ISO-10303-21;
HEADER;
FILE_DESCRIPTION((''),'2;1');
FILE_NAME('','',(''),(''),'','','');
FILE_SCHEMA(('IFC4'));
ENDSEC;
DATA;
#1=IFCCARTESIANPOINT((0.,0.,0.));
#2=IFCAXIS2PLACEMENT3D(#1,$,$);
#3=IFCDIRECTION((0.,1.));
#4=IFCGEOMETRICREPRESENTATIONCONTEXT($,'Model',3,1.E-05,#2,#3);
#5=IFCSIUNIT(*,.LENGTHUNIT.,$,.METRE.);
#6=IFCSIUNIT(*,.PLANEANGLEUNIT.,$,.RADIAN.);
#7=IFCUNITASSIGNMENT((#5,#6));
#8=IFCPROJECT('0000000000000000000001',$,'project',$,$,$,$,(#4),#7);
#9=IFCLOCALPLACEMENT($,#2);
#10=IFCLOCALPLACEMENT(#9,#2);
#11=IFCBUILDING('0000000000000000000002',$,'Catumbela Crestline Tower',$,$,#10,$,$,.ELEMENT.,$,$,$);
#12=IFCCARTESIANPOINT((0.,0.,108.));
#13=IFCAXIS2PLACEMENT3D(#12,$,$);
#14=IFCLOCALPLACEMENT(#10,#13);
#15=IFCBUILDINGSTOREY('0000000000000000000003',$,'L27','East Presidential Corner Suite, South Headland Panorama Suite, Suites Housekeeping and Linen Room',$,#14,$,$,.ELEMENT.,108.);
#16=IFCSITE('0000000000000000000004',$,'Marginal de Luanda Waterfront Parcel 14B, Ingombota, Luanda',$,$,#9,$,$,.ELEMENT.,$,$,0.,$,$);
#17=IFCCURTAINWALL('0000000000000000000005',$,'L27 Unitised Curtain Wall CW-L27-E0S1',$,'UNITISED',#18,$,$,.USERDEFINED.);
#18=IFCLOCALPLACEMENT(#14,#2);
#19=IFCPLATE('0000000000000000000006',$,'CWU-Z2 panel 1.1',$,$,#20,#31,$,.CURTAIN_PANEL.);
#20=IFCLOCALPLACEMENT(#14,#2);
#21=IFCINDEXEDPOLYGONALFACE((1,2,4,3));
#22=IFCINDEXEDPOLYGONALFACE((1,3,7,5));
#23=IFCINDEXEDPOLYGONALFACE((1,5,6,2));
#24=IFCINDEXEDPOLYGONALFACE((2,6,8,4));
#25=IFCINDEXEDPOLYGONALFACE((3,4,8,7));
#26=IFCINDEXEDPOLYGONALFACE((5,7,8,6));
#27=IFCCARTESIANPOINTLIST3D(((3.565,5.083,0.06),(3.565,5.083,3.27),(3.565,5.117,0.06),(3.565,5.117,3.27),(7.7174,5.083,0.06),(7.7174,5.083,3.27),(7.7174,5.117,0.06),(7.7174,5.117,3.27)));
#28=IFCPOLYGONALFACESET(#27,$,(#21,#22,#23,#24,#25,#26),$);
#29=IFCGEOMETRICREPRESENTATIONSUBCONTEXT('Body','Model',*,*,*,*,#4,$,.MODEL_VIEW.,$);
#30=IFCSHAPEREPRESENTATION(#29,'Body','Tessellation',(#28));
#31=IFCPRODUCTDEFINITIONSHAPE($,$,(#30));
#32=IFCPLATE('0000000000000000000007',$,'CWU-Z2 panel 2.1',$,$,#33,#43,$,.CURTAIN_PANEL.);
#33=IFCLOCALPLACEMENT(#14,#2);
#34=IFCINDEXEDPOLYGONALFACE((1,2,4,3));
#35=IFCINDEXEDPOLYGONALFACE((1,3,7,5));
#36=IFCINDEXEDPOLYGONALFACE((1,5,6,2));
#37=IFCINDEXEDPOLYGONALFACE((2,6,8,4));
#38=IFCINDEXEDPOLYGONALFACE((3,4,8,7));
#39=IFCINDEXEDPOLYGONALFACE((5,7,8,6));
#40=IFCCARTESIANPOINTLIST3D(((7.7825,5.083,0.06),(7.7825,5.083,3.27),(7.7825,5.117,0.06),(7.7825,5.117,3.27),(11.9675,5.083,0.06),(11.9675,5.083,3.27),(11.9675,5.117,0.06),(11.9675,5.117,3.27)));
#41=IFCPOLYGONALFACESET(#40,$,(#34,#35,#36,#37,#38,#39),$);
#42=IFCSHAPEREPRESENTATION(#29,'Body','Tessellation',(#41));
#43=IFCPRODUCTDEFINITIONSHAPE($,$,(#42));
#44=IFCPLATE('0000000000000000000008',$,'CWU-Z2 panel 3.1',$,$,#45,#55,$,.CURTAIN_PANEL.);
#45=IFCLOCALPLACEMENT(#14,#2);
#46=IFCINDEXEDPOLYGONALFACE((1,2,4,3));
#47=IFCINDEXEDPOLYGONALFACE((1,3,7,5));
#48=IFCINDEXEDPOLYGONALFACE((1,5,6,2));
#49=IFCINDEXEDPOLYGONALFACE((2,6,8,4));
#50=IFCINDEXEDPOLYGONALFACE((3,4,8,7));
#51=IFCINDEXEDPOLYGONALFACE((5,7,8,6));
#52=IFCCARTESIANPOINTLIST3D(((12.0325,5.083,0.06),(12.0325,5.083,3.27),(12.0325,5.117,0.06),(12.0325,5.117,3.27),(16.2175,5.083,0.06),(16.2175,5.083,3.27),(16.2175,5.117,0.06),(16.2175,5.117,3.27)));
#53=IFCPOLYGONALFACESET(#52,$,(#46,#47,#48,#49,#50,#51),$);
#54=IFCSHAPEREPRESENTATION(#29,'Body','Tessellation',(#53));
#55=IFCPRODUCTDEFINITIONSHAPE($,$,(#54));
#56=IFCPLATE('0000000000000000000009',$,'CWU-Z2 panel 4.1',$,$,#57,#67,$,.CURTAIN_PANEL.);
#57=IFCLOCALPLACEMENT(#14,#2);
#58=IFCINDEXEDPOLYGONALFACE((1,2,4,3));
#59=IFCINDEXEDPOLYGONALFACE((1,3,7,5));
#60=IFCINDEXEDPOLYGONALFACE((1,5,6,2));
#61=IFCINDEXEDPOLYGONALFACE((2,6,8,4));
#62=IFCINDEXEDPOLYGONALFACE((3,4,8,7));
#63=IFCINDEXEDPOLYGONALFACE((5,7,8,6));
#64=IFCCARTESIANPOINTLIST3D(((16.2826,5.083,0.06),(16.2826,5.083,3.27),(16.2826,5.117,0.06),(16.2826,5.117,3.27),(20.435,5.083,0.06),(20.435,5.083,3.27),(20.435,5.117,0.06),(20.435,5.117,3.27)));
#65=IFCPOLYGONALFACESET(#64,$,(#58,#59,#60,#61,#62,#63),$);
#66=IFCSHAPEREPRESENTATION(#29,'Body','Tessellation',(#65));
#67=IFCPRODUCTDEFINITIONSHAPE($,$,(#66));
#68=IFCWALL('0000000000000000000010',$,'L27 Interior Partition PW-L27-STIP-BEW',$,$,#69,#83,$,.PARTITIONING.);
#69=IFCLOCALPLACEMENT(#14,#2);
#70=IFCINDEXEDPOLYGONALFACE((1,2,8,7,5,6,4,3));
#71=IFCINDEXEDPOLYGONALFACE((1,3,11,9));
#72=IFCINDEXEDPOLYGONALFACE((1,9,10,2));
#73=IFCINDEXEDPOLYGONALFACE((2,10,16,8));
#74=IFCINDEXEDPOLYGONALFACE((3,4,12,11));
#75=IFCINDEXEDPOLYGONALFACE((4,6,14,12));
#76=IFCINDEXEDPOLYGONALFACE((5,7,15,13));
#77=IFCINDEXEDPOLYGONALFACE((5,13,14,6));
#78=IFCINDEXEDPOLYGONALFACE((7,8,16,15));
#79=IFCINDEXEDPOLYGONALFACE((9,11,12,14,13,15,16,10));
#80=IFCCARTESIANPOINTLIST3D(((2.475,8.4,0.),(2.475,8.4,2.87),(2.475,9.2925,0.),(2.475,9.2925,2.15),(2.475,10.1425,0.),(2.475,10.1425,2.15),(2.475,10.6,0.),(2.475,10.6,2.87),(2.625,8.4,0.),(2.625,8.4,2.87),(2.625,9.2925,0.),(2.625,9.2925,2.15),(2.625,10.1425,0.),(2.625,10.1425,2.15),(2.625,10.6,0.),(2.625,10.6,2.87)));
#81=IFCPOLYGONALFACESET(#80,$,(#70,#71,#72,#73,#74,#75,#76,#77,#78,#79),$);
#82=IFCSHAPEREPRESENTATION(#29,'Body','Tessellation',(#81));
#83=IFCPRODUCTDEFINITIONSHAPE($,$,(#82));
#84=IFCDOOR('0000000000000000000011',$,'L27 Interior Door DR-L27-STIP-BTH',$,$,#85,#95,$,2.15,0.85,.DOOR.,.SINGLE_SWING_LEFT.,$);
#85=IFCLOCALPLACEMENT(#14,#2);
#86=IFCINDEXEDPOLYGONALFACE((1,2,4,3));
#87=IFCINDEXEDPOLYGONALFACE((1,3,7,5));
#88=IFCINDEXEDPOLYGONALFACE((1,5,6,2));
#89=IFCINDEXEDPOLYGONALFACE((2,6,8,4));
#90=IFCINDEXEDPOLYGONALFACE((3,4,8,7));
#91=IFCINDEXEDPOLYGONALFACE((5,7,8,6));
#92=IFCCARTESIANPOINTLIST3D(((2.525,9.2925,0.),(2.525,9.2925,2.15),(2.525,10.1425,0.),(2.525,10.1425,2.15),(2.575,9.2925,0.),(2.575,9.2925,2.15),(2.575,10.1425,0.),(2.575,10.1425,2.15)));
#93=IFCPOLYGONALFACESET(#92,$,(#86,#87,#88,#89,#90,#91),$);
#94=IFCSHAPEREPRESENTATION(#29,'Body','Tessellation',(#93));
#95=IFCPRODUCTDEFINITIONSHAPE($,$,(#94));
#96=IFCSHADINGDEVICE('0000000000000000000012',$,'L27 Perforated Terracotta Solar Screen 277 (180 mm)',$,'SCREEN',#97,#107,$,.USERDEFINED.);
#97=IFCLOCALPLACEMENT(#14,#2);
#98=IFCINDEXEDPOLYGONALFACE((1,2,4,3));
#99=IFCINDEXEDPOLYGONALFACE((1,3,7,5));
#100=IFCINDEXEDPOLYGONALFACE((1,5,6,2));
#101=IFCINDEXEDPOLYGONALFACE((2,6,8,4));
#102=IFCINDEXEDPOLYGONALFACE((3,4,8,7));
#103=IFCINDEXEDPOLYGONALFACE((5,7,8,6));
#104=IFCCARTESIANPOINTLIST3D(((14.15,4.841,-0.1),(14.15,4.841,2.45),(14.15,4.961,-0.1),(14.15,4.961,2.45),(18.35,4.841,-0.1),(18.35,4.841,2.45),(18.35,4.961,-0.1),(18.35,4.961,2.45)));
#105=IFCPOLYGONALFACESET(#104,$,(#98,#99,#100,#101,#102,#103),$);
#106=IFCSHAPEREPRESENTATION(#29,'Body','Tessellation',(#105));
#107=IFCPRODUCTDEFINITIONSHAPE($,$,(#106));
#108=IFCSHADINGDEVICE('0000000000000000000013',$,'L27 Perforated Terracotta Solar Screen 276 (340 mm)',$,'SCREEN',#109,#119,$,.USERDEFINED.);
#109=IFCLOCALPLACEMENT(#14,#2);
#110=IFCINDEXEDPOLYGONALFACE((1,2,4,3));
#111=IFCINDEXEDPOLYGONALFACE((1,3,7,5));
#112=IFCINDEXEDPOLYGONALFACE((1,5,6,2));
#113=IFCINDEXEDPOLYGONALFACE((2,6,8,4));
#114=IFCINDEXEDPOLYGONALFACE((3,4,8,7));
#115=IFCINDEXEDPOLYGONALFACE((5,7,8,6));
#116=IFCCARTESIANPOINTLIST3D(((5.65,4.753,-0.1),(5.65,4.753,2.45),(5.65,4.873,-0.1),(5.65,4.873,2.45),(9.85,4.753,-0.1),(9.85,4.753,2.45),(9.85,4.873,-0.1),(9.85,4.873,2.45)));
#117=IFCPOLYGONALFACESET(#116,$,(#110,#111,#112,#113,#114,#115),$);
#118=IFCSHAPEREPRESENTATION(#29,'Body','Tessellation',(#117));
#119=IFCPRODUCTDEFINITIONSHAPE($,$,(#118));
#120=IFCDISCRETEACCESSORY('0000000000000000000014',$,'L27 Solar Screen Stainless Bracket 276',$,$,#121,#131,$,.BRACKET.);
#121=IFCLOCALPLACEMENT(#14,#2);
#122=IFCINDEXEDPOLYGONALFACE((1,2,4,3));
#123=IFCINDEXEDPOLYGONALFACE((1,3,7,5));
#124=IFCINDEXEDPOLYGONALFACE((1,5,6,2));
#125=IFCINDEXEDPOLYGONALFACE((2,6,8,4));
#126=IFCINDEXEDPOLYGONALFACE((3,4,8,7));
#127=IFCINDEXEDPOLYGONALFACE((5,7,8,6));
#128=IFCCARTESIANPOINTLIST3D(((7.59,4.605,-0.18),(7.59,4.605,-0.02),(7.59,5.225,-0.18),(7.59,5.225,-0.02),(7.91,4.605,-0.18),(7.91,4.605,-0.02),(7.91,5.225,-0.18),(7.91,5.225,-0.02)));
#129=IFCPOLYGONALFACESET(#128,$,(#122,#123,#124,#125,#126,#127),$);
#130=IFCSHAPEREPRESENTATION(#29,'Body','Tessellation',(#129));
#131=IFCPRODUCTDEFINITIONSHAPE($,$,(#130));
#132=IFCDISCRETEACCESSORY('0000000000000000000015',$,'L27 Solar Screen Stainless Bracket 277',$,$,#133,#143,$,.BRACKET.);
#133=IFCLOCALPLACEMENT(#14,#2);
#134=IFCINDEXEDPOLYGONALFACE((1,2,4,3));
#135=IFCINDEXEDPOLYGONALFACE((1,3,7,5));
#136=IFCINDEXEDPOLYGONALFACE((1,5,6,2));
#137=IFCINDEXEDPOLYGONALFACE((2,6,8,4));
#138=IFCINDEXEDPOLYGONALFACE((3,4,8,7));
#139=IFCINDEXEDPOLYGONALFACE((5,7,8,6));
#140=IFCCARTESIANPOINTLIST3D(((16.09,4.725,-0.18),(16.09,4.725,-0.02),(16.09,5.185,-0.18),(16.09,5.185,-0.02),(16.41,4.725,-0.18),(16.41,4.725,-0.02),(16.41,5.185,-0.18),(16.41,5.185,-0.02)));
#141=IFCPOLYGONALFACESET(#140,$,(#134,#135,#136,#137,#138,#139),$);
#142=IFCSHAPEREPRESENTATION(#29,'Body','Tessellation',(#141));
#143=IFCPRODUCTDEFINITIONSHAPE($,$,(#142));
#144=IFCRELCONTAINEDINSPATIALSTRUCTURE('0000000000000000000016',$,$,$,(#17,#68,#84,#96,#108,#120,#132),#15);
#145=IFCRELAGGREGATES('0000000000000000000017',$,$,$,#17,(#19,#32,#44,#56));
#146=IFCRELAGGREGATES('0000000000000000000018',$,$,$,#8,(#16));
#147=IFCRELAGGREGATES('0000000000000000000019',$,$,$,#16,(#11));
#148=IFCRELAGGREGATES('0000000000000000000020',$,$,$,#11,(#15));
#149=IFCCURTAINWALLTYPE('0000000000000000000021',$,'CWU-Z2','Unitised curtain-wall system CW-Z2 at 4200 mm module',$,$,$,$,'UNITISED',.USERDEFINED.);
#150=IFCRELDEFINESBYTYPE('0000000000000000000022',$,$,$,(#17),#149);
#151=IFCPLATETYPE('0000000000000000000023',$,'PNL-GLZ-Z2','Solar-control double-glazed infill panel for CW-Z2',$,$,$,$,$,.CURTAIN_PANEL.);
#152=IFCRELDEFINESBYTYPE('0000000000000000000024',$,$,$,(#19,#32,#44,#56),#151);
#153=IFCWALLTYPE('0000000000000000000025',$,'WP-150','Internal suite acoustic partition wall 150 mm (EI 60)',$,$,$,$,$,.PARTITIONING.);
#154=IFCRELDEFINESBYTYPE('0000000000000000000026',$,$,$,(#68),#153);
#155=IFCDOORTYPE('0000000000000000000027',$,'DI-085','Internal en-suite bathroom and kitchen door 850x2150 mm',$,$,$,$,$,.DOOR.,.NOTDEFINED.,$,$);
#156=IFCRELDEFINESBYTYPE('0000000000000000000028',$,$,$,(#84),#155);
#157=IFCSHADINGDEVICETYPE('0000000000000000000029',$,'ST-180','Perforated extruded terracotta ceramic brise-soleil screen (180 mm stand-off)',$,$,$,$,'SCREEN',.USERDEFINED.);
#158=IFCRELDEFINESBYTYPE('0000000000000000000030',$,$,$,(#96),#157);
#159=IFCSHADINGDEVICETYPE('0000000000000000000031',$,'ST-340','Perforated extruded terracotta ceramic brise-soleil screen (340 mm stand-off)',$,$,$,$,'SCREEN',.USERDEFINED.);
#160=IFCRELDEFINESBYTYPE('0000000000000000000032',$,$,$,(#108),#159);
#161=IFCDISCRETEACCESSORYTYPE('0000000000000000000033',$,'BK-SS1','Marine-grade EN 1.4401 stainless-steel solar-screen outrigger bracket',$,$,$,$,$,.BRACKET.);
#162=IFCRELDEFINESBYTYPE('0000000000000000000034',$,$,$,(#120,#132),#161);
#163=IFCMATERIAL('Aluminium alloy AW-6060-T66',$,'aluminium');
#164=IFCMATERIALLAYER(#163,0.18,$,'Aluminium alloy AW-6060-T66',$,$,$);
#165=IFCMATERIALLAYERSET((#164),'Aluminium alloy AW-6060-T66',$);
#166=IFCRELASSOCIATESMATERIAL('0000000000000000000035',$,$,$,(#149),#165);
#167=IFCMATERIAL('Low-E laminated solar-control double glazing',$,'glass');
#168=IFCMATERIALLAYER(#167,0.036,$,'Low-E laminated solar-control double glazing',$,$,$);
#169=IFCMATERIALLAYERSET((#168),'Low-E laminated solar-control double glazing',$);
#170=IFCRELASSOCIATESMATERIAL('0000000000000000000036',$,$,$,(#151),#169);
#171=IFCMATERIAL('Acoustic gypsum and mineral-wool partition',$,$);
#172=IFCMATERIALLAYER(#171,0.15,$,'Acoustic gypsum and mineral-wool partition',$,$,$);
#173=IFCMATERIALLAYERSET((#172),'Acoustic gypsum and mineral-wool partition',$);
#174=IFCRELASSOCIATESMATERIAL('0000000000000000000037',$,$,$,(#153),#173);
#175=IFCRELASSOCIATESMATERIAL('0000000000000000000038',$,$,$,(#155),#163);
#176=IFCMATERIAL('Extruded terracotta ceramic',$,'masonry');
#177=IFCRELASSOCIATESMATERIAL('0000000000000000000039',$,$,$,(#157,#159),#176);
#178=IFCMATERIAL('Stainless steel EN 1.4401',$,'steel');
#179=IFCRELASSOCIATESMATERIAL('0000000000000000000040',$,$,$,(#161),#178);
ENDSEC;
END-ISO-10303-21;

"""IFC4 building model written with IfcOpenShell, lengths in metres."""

from ifc_helpers import new_model, si_unit, direction, frame, frame_2d, origin, origin_2d, place, context, subcontext, project, spatial, rectangle, extrude, material, layer, layer_set, type_object, element, fill, aggregate, save


model = new_model("IFC4")

# Units and contexts
model_context = context("Model", 3, precision=1e-05, world=origin(), true_north=direction((0.0, 1.0)))
body_context = subcontext(model_context, "Body", "Model", "MODEL_VIEW")
ifc_project = project(units=[si_unit("LENGTHUNIT", "METRE"), si_unit("PLANEANGLEUNIT", "RADIAN")], contexts=[model_context])

# Site, building, storey
site_placement = place(None, origin())
site = spatial("IfcSite", under=ifc_project, at=site_placement, Name="Marginal de Luanda Waterfront Parcel 14B, Ingombota, Luanda", CompositionType="ELEMENT", RefElevation=0.0)
building_placement = place(site_placement, origin())
building = spatial("IfcBuilding", under=site, at=building_placement, Name="Catumbela Crestline Tower", CompositionType="ELEMENT")
storey_placement = place(building_placement, frame((0.0, 0.0, 108.0)))
storey = spatial("IfcBuildingStorey", under=building, at=storey_placement, Name="L27", Description="East Presidential Corner Suite, South Headland Panorama Suite, Suites Housekeeping and Linen Room", CompositionType="ELEMENT", Elevation=108.0)

# Curtain wall, plates
ifc_material_1 = material(Name="Aluminium alloy AW-6060-T66", Category="aluminium")
ifc_layer_1 = layer(ifc_material_1, 0.18, Name="Aluminium alloy AW-6060-T66")
ifc_layer_set_1 = layer_set([ifc_layer_1], Name="Aluminium alloy AW-6060-T66")
curtain_wall_type = type_object("IfcCurtainWallType", Name="CWU-Z2", Description="Unitised curtain-wall system CW-Z2 at 4200 mm module", ElementType="UNITISED", PredefinedType="USERDEFINED", material=ifc_layer_set_1)
curtain_wall_placement = place(storey_placement, origin())
curtain_wall = element("IfcCurtainWall", 1, at=curtain_wall_placement, inside=storey, type_object=curtain_wall_type, Name="L27 Unitised Curtain Wall CW-L27-E0S1", ObjectType="UNITISED", PredefinedType="USERDEFINED")
ifc_material_2 = material(Name="Low-E laminated solar-control double glazing", Category="glass")
ifc_layer_2 = layer(ifc_material_2, 0.036, Name="Low-E laminated solar-control double glazing")
ifc_layer_set_2 = layer_set([ifc_layer_2], Name="Low-E laminated solar-control double glazing")
plate_type = type_object("IfcPlateType", Name="PNL-GLZ-Z2", Description="Solar-control double-glazed infill panel for CW-Z2", PredefinedType="CURTAIN_PANEL", material=ifc_layer_set_2)
plate_1_placement = place(storey_placement, frame((5.6412, 5.1, 0.06), z_axis=(0.0, 0.0, 1.0), x_axis=(1.0, 0.0, 0.0)))
plate_1 = element("IfcPlate", 2, at=plate_1_placement, type_object=plate_type, Name="CWU-Z2 panel 1.1", PredefinedType="CURTAIN_PANEL", context=body_context, shape_type="SweptSolid", body=[
    extrude(rectangle(XDim=4.1525, YDim=0.034, at=origin_2d()), origin(), (0.0, 0.0, 1.0), 3.21),
])
plate_2_placement = place(storey_placement, frame((9.875, 5.1, 0.06), z_axis=(0.0, 0.0, 1.0), x_axis=(1.0, 0.0, 0.0)))
plate_2 = element("IfcPlate", 3, at=plate_2_placement, type_object=plate_type, Name="CWU-Z2 panel 2.1", PredefinedType="CURTAIN_PANEL", context=body_context, shape_type="SweptSolid", body=[
    extrude(rectangle(XDim=4.185, YDim=0.034, at=origin_2d()), origin(), (0.0, 0.0, 1.0), 3.21),
])
plate_3_placement = place(storey_placement, frame((14.125, 5.1, 0.06), z_axis=(0.0, 0.0, 1.0), x_axis=(1.0, 0.0, 0.0)))
plate_3 = element("IfcPlate", 4, at=plate_3_placement, type_object=plate_type, Name="CWU-Z2 panel 3.1", PredefinedType="CURTAIN_PANEL", context=body_context, shape_type="SweptSolid", body=[
    extrude(rectangle(XDim=4.185, YDim=0.034, at=origin_2d()), origin(), (0.0, 0.0, 1.0), 3.21),
])
plate_4_placement = place(storey_placement, frame((18.3588, 5.1, 0.06), z_axis=(0.0, 0.0, 1.0), x_axis=(1.0, 0.0, 0.0)))
plate_4 = element("IfcPlate", 5, at=plate_4_placement, type_object=plate_type, Name="CWU-Z2 panel 4.1", PredefinedType="CURTAIN_PANEL", context=body_context, shape_type="SweptSolid", body=[
    extrude(rectangle(XDim=4.1525, YDim=0.034, at=origin_2d()), origin(), (0.0, 0.0, 1.0), 3.21),
])
aggregate(curtain_wall, [plate_1, plate_2, plate_3, plate_4])

# Wall, opening, door
ifc_material_3 = material(Name="Acoustic gypsum and mineral-wool partition")
ifc_layer_3 = layer(ifc_material_3, 0.15, Name="Acoustic gypsum and mineral-wool partition")
ifc_layer_set_3 = layer_set([ifc_layer_3], Name="Acoustic gypsum and mineral-wool partition")
wall_type = type_object("IfcWallType", Name="WP-150", Description="Internal suite acoustic partition wall 150 mm (EI 60)", PredefinedType="PARTITIONING", material=ifc_layer_set_3)
wall_placement = place(storey_placement, frame((2.55, 8.4, 0.0), z_axis=(0.0, 0.0, 1.0), x_axis=(0.0, 1.0, 0.0)))
wall = element("IfcWall", 6, at=wall_placement, inside=storey, type_object=wall_type, Name="L27 Interior Partition PW-L27-STIP-BEW", PredefinedType="PARTITIONING", context=body_context, shape_type="SweptSolid", body=[
    extrude(rectangle(XDim=2.2, YDim=0.15, at=frame_2d((1.1, 0.0))), origin(), (0.0, 0.0, 1.0), 2.87),
])
opening_placement = place(wall_placement, frame((0.8925, 0.0, 0.0)))
opening = element("IfcOpeningElement", 7, at=opening_placement, cuts=wall, PredefinedType="OPENING", context=body_context, shape_type="SweptSolid", body=[
    extrude(rectangle(XDim=0.85, YDim=2.15, at=frame_2d((0.425, 1.075))), frame((0.0, 0.085, 0.0), z_axis=(0.0, -1.0, 0.0), x_axis=(1.0, 0.0, 0.0)), (0.0, 0.0, 1.0), 0.17),
])
door_type = type_object("IfcDoorType", Name="DI-085", Description="Internal en-suite bathroom and kitchen door 850x2150 mm", OperationType="NOTDEFINED", PredefinedType="DOOR", material=ifc_material_1)
door_placement = place(opening_placement, origin())
door = element("IfcDoor", 8, at=door_placement, inside=storey, type_object=door_type, Name="L27 Interior Door DR-L27-STIP-BTH", OperationType="SINGLE_SWING_LEFT", OverallHeight=2.15, OverallWidth=0.85, PredefinedType="DOOR", context=body_context, shape_type="SweptSolid", body=[
    extrude(rectangle(XDim=0.85, YDim=2.15, at=frame_2d((0.425, 1.075))), frame((0.0, 0.025, 0.0), z_axis=(0.0, -1.0, 0.0), x_axis=(1.0, 0.0, 0.0)), (0.0, 0.0, 1.0), 0.05),
])
fill(opening, door)

# Shading devices
ifc_material_4 = material(Name="Extruded terracotta ceramic", Category="masonry")
shading_device_type_1 = type_object("IfcShadingDeviceType", Name="ST-180", Description="Perforated extruded terracotta ceramic brise-soleil screen (180 mm stand-off)", ElementType="SCREEN", PredefinedType="USERDEFINED", material=ifc_material_4)
shading_device_1_placement = place(storey_placement, frame((16.25, 4.901, -0.1), z_axis=(0.0, 0.0, 1.0), x_axis=(1.0, 0.0, 0.0)))
element("IfcShadingDevice", 9, at=shading_device_1_placement, inside=storey, type_object=shading_device_type_1, Name="L27 Perforated Terracotta Solar Screen 277 (180 mm)", ObjectType="SCREEN", PredefinedType="USERDEFINED", context=body_context, shape_type="SweptSolid", body=[
    extrude(rectangle(XDim=4.2, YDim=0.12, at=origin_2d()), origin(), (0.0, 0.0, 1.0), 2.55),
])
shading_device_type_2 = type_object("IfcShadingDeviceType", Name="ST-340", Description="Perforated extruded terracotta ceramic brise-soleil screen (340 mm stand-off)", ElementType="SCREEN", PredefinedType="USERDEFINED", material=ifc_material_4)
shading_device_2_placement = place(storey_placement, frame((7.75, 4.813, -0.1), z_axis=(0.0, 0.0, 1.0), x_axis=(1.0, 0.0, 0.0)))
element("IfcShadingDevice", 10, at=shading_device_2_placement, inside=storey, type_object=shading_device_type_2, Name="L27 Perforated Terracotta Solar Screen 276 (340 mm)", ObjectType="SCREEN", PredefinedType="USERDEFINED", context=body_context, shape_type="SweptSolid", body=[
    extrude(rectangle(XDim=4.2, YDim=0.12, at=origin_2d()), origin(), (0.0, 0.0, 1.0), 2.55),
])

# Discrete accessories
ifc_material_5 = material(Name="Stainless steel EN 1.4401", Category="steel")
discrete_accessory_type = type_object("IfcDiscreteAccessoryType", Name="BK-SS1", Description="Marine-grade EN 1.4401 stainless-steel solar-screen outrigger bracket", PredefinedType="BRACKET", material=ifc_material_5)
discrete_accessory_1_placement = place(storey_placement, frame((7.75, 4.915, -0.18), z_axis=(0.0, 0.0, 1.0), x_axis=(1.0, 0.0, 0.0)))
element("IfcDiscreteAccessory", 11, at=discrete_accessory_1_placement, inside=storey, type_object=discrete_accessory_type, Name="L27 Solar Screen Stainless Bracket 276", PredefinedType="BRACKET", context=body_context, shape_type="SweptSolid", body=[
    extrude(rectangle(XDim=0.32, YDim=0.62, at=origin_2d()), origin(), (0.0, 0.0, 1.0), 0.16),
])
discrete_accessory_2_placement = place(storey_placement, frame((16.25, 4.955, -0.18), z_axis=(0.0, 0.0, 1.0), x_axis=(1.0, 0.0, 0.0)))
element("IfcDiscreteAccessory", 12, at=discrete_accessory_2_placement, inside=storey, type_object=discrete_accessory_type, Name="L27 Solar Screen Stainless Bracket 277", PredefinedType="BRACKET", context=body_context, shape_type="SweptSolid", body=[
    extrude(rectangle(XDim=0.32, YDim=0.46, at=origin_2d()), origin(), (0.0, 0.0, 1.0), 0.16),
])

save(model, "model.ifc")
